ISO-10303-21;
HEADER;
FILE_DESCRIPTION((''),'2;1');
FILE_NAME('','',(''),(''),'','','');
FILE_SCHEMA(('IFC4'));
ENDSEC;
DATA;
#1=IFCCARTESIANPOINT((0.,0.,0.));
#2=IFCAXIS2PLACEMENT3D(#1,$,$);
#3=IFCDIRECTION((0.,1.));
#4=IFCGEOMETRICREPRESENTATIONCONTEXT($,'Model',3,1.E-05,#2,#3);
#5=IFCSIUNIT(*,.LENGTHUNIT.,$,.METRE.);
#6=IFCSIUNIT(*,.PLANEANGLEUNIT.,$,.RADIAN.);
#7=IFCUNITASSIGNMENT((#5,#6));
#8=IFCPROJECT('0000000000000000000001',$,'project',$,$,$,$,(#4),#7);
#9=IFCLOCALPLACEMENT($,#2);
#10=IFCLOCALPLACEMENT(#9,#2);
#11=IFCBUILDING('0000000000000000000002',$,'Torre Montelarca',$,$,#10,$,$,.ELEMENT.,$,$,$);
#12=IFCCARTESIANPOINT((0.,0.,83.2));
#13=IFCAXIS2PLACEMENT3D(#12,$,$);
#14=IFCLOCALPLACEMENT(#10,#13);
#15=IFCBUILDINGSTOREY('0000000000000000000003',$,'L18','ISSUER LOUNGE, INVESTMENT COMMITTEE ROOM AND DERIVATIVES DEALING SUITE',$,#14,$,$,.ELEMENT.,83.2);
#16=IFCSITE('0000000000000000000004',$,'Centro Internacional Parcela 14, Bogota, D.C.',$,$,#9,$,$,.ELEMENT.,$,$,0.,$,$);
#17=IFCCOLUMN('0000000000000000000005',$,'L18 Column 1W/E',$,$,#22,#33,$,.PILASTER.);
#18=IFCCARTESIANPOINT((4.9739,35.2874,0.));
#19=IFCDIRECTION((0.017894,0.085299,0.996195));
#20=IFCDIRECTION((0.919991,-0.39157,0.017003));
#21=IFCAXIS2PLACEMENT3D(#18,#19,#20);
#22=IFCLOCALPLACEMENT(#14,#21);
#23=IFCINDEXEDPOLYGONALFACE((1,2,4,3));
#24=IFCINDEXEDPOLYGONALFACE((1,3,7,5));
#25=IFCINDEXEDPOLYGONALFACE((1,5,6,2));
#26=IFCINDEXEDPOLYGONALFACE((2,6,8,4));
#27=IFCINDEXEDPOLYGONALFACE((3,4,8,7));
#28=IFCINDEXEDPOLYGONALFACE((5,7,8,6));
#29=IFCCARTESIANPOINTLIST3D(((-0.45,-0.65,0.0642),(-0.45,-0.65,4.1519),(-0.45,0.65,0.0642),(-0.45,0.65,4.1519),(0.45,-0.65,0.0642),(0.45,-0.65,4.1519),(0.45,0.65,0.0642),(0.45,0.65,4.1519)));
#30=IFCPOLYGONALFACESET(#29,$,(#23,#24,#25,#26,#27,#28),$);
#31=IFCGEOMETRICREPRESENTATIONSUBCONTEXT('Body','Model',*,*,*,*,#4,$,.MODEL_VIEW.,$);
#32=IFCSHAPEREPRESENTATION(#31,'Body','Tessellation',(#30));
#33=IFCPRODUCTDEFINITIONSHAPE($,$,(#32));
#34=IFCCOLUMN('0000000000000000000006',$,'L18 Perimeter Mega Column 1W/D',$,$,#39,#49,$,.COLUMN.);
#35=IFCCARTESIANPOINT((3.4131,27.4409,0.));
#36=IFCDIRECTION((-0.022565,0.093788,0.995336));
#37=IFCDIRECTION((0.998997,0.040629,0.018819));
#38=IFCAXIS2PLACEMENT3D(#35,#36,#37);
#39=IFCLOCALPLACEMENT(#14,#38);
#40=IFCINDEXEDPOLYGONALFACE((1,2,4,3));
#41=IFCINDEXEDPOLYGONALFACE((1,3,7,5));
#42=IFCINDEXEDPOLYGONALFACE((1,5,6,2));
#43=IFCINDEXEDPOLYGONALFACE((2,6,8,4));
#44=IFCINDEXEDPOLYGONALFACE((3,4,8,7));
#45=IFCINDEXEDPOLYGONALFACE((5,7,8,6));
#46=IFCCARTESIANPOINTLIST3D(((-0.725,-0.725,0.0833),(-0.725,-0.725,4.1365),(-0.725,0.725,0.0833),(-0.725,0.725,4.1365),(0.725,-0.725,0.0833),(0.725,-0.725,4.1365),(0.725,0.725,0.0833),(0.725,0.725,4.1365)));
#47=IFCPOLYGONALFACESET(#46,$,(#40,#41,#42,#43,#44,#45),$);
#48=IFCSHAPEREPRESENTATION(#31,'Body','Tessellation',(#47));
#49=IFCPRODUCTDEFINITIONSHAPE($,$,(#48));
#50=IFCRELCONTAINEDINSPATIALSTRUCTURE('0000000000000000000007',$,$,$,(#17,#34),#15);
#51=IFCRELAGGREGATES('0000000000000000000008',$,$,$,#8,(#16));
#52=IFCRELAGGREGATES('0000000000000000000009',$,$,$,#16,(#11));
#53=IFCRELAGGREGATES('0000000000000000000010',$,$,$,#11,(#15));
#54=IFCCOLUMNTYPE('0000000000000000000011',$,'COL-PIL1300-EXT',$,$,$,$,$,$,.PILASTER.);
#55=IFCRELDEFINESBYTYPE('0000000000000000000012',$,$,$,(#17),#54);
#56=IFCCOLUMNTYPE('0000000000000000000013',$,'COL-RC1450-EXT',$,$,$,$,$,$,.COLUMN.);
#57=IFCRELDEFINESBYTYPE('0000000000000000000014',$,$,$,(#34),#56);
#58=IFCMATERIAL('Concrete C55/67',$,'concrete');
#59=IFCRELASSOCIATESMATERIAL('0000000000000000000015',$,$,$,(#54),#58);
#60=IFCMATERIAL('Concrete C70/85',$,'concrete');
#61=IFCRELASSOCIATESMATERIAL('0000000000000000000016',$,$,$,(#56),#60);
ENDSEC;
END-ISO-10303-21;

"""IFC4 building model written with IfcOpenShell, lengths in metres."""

from ifc_helpers import new_model, si_unit, direction, frame, origin, origin_2d, place, context, subcontext, project, spatial, rectangle, extrude, clip, halfspace, material, material_profile, profile_set, type_object, element, save


model = new_model("IFC4")

# Units and contexts
model_context = context("Model", 3, precision=1e-05, world=origin(), true_north=direction((0.0, 1.0)))
body_context = subcontext(model_context, "Body", "Model", "MODEL_VIEW")
ifc_project = project(units=[si_unit("LENGTHUNIT", "METRE"), si_unit("PLANEANGLEUNIT", "RADIAN")], contexts=[model_context])

# Site, building, storey
site_placement = place(None, origin())
site = spatial("IfcSite", under=ifc_project, at=site_placement, Name="Centro Internacional Parcela 14, Bogota, D.C.", CompositionType="ELEMENT", RefElevation=0.0)
building_placement = place(site_placement, origin())
building = spatial("IfcBuilding", under=site, at=building_placement, Name="Torre Montelarca", CompositionType="ELEMENT")
storey_placement = place(building_placement, frame((0.0, 0.0, 83.2)))
storey = spatial("IfcBuildingStorey", under=building, at=storey_placement, Name="L18", Description="ISSUER LOUNGE, INVESTMENT COMMITTEE ROOM AND DERIVATIVES DEALING SUITE", CompositionType="ELEMENT", Elevation=83.2)

# Columns
ifc_material_1 = material(Name="Concrete C55/67", Category="concrete")
ifc_material_profile_1 = material_profile(ifc_material_1, rectangle(XDim=0.8999, YDim=1.3, at=origin_2d()), Name="RC1300X900", Category="concrete")
ifc_profile_set_1 = profile_set([ifc_material_profile_1], Name="Concrete C55/67")
column_type_1 = type_object("IfcColumnType", Name="COL-PIL1300-EXT", PredefinedType="PILASTER", material=ifc_profile_set_1)
column_1_placement = place(storey_placement, frame((4.9739, 35.2874, 0.0), z_axis=(0.017894, 0.085299, 0.996195), x_axis=(0.919991, -0.39157, 0.017003)))
element("IfcColumn", 1, at=column_1_placement, inside=storey, type_object=column_type_1, Name="L18 Column 1W/E", PredefinedType="PILASTER", context=body_context, shape_type="Clipping", body=[
    clip(clip(extrude(rectangle(XDim=0.8999, YDim=1.3, at=origin_2d()), origin(), (0.0, 0.0, 1.0), 4.2161), halfspace(frame((0.0, 0.0, 0.0642), z_axis=(0.0, 0.0, -1.0), x_axis=(1.0, 0.0, 0.0)), False)), halfspace(frame((0.0, 0.0, 4.1519), z_axis=(0.0, 0.0, 1.0), x_axis=(1.0, 0.0, 0.0)), False)),
])
ifc_material_2 = material(Name="Concrete C70/85", Category="concrete")
ifc_material_profile_2 = material_profile(ifc_material_2, rectangle(XDim=1.45, YDim=1.45, at=origin_2d()), Name="RC1450X1450", Category="concrete")
ifc_profile_set_2 = profile_set([ifc_material_profile_2], Name="Concrete C70/85")
column_type_2 = type_object("IfcColumnType", Name="COL-RC1450-EXT", PredefinedType="COLUMN", material=ifc_profile_set_2)
column_2_placement = place(storey_placement, frame((3.4131, 27.4409, 0.0), z_axis=(-0.022565, 0.093788, 0.995336), x_axis=(0.998997, 0.040629, 0.018819)))
element("IfcColumn", 2, at=column_2_placement, inside=storey, type_object=column_type_2, Name="L18 Perimeter Mega Column 1W/D", PredefinedType="COLUMN", context=body_context, shape_type="Clipping", body=[
    clip(clip(extrude(rectangle(XDim=1.45, YDim=1.45, at=origin_2d()), origin(), (0.0, 0.0, 1.0), 4.2197), halfspace(frame((0.0, 0.0, 0.0833), z_axis=(0.0, 0.0, -1.0), x_axis=(1.0, 0.0, 0.0)), False)), halfspace(frame((0.0, 0.0, 4.1365), z_axis=(0.0, 0.0, 1.0), x_axis=(1.0, 0.0, 0.0)), False)),
])

save(model, "model.ifc")
